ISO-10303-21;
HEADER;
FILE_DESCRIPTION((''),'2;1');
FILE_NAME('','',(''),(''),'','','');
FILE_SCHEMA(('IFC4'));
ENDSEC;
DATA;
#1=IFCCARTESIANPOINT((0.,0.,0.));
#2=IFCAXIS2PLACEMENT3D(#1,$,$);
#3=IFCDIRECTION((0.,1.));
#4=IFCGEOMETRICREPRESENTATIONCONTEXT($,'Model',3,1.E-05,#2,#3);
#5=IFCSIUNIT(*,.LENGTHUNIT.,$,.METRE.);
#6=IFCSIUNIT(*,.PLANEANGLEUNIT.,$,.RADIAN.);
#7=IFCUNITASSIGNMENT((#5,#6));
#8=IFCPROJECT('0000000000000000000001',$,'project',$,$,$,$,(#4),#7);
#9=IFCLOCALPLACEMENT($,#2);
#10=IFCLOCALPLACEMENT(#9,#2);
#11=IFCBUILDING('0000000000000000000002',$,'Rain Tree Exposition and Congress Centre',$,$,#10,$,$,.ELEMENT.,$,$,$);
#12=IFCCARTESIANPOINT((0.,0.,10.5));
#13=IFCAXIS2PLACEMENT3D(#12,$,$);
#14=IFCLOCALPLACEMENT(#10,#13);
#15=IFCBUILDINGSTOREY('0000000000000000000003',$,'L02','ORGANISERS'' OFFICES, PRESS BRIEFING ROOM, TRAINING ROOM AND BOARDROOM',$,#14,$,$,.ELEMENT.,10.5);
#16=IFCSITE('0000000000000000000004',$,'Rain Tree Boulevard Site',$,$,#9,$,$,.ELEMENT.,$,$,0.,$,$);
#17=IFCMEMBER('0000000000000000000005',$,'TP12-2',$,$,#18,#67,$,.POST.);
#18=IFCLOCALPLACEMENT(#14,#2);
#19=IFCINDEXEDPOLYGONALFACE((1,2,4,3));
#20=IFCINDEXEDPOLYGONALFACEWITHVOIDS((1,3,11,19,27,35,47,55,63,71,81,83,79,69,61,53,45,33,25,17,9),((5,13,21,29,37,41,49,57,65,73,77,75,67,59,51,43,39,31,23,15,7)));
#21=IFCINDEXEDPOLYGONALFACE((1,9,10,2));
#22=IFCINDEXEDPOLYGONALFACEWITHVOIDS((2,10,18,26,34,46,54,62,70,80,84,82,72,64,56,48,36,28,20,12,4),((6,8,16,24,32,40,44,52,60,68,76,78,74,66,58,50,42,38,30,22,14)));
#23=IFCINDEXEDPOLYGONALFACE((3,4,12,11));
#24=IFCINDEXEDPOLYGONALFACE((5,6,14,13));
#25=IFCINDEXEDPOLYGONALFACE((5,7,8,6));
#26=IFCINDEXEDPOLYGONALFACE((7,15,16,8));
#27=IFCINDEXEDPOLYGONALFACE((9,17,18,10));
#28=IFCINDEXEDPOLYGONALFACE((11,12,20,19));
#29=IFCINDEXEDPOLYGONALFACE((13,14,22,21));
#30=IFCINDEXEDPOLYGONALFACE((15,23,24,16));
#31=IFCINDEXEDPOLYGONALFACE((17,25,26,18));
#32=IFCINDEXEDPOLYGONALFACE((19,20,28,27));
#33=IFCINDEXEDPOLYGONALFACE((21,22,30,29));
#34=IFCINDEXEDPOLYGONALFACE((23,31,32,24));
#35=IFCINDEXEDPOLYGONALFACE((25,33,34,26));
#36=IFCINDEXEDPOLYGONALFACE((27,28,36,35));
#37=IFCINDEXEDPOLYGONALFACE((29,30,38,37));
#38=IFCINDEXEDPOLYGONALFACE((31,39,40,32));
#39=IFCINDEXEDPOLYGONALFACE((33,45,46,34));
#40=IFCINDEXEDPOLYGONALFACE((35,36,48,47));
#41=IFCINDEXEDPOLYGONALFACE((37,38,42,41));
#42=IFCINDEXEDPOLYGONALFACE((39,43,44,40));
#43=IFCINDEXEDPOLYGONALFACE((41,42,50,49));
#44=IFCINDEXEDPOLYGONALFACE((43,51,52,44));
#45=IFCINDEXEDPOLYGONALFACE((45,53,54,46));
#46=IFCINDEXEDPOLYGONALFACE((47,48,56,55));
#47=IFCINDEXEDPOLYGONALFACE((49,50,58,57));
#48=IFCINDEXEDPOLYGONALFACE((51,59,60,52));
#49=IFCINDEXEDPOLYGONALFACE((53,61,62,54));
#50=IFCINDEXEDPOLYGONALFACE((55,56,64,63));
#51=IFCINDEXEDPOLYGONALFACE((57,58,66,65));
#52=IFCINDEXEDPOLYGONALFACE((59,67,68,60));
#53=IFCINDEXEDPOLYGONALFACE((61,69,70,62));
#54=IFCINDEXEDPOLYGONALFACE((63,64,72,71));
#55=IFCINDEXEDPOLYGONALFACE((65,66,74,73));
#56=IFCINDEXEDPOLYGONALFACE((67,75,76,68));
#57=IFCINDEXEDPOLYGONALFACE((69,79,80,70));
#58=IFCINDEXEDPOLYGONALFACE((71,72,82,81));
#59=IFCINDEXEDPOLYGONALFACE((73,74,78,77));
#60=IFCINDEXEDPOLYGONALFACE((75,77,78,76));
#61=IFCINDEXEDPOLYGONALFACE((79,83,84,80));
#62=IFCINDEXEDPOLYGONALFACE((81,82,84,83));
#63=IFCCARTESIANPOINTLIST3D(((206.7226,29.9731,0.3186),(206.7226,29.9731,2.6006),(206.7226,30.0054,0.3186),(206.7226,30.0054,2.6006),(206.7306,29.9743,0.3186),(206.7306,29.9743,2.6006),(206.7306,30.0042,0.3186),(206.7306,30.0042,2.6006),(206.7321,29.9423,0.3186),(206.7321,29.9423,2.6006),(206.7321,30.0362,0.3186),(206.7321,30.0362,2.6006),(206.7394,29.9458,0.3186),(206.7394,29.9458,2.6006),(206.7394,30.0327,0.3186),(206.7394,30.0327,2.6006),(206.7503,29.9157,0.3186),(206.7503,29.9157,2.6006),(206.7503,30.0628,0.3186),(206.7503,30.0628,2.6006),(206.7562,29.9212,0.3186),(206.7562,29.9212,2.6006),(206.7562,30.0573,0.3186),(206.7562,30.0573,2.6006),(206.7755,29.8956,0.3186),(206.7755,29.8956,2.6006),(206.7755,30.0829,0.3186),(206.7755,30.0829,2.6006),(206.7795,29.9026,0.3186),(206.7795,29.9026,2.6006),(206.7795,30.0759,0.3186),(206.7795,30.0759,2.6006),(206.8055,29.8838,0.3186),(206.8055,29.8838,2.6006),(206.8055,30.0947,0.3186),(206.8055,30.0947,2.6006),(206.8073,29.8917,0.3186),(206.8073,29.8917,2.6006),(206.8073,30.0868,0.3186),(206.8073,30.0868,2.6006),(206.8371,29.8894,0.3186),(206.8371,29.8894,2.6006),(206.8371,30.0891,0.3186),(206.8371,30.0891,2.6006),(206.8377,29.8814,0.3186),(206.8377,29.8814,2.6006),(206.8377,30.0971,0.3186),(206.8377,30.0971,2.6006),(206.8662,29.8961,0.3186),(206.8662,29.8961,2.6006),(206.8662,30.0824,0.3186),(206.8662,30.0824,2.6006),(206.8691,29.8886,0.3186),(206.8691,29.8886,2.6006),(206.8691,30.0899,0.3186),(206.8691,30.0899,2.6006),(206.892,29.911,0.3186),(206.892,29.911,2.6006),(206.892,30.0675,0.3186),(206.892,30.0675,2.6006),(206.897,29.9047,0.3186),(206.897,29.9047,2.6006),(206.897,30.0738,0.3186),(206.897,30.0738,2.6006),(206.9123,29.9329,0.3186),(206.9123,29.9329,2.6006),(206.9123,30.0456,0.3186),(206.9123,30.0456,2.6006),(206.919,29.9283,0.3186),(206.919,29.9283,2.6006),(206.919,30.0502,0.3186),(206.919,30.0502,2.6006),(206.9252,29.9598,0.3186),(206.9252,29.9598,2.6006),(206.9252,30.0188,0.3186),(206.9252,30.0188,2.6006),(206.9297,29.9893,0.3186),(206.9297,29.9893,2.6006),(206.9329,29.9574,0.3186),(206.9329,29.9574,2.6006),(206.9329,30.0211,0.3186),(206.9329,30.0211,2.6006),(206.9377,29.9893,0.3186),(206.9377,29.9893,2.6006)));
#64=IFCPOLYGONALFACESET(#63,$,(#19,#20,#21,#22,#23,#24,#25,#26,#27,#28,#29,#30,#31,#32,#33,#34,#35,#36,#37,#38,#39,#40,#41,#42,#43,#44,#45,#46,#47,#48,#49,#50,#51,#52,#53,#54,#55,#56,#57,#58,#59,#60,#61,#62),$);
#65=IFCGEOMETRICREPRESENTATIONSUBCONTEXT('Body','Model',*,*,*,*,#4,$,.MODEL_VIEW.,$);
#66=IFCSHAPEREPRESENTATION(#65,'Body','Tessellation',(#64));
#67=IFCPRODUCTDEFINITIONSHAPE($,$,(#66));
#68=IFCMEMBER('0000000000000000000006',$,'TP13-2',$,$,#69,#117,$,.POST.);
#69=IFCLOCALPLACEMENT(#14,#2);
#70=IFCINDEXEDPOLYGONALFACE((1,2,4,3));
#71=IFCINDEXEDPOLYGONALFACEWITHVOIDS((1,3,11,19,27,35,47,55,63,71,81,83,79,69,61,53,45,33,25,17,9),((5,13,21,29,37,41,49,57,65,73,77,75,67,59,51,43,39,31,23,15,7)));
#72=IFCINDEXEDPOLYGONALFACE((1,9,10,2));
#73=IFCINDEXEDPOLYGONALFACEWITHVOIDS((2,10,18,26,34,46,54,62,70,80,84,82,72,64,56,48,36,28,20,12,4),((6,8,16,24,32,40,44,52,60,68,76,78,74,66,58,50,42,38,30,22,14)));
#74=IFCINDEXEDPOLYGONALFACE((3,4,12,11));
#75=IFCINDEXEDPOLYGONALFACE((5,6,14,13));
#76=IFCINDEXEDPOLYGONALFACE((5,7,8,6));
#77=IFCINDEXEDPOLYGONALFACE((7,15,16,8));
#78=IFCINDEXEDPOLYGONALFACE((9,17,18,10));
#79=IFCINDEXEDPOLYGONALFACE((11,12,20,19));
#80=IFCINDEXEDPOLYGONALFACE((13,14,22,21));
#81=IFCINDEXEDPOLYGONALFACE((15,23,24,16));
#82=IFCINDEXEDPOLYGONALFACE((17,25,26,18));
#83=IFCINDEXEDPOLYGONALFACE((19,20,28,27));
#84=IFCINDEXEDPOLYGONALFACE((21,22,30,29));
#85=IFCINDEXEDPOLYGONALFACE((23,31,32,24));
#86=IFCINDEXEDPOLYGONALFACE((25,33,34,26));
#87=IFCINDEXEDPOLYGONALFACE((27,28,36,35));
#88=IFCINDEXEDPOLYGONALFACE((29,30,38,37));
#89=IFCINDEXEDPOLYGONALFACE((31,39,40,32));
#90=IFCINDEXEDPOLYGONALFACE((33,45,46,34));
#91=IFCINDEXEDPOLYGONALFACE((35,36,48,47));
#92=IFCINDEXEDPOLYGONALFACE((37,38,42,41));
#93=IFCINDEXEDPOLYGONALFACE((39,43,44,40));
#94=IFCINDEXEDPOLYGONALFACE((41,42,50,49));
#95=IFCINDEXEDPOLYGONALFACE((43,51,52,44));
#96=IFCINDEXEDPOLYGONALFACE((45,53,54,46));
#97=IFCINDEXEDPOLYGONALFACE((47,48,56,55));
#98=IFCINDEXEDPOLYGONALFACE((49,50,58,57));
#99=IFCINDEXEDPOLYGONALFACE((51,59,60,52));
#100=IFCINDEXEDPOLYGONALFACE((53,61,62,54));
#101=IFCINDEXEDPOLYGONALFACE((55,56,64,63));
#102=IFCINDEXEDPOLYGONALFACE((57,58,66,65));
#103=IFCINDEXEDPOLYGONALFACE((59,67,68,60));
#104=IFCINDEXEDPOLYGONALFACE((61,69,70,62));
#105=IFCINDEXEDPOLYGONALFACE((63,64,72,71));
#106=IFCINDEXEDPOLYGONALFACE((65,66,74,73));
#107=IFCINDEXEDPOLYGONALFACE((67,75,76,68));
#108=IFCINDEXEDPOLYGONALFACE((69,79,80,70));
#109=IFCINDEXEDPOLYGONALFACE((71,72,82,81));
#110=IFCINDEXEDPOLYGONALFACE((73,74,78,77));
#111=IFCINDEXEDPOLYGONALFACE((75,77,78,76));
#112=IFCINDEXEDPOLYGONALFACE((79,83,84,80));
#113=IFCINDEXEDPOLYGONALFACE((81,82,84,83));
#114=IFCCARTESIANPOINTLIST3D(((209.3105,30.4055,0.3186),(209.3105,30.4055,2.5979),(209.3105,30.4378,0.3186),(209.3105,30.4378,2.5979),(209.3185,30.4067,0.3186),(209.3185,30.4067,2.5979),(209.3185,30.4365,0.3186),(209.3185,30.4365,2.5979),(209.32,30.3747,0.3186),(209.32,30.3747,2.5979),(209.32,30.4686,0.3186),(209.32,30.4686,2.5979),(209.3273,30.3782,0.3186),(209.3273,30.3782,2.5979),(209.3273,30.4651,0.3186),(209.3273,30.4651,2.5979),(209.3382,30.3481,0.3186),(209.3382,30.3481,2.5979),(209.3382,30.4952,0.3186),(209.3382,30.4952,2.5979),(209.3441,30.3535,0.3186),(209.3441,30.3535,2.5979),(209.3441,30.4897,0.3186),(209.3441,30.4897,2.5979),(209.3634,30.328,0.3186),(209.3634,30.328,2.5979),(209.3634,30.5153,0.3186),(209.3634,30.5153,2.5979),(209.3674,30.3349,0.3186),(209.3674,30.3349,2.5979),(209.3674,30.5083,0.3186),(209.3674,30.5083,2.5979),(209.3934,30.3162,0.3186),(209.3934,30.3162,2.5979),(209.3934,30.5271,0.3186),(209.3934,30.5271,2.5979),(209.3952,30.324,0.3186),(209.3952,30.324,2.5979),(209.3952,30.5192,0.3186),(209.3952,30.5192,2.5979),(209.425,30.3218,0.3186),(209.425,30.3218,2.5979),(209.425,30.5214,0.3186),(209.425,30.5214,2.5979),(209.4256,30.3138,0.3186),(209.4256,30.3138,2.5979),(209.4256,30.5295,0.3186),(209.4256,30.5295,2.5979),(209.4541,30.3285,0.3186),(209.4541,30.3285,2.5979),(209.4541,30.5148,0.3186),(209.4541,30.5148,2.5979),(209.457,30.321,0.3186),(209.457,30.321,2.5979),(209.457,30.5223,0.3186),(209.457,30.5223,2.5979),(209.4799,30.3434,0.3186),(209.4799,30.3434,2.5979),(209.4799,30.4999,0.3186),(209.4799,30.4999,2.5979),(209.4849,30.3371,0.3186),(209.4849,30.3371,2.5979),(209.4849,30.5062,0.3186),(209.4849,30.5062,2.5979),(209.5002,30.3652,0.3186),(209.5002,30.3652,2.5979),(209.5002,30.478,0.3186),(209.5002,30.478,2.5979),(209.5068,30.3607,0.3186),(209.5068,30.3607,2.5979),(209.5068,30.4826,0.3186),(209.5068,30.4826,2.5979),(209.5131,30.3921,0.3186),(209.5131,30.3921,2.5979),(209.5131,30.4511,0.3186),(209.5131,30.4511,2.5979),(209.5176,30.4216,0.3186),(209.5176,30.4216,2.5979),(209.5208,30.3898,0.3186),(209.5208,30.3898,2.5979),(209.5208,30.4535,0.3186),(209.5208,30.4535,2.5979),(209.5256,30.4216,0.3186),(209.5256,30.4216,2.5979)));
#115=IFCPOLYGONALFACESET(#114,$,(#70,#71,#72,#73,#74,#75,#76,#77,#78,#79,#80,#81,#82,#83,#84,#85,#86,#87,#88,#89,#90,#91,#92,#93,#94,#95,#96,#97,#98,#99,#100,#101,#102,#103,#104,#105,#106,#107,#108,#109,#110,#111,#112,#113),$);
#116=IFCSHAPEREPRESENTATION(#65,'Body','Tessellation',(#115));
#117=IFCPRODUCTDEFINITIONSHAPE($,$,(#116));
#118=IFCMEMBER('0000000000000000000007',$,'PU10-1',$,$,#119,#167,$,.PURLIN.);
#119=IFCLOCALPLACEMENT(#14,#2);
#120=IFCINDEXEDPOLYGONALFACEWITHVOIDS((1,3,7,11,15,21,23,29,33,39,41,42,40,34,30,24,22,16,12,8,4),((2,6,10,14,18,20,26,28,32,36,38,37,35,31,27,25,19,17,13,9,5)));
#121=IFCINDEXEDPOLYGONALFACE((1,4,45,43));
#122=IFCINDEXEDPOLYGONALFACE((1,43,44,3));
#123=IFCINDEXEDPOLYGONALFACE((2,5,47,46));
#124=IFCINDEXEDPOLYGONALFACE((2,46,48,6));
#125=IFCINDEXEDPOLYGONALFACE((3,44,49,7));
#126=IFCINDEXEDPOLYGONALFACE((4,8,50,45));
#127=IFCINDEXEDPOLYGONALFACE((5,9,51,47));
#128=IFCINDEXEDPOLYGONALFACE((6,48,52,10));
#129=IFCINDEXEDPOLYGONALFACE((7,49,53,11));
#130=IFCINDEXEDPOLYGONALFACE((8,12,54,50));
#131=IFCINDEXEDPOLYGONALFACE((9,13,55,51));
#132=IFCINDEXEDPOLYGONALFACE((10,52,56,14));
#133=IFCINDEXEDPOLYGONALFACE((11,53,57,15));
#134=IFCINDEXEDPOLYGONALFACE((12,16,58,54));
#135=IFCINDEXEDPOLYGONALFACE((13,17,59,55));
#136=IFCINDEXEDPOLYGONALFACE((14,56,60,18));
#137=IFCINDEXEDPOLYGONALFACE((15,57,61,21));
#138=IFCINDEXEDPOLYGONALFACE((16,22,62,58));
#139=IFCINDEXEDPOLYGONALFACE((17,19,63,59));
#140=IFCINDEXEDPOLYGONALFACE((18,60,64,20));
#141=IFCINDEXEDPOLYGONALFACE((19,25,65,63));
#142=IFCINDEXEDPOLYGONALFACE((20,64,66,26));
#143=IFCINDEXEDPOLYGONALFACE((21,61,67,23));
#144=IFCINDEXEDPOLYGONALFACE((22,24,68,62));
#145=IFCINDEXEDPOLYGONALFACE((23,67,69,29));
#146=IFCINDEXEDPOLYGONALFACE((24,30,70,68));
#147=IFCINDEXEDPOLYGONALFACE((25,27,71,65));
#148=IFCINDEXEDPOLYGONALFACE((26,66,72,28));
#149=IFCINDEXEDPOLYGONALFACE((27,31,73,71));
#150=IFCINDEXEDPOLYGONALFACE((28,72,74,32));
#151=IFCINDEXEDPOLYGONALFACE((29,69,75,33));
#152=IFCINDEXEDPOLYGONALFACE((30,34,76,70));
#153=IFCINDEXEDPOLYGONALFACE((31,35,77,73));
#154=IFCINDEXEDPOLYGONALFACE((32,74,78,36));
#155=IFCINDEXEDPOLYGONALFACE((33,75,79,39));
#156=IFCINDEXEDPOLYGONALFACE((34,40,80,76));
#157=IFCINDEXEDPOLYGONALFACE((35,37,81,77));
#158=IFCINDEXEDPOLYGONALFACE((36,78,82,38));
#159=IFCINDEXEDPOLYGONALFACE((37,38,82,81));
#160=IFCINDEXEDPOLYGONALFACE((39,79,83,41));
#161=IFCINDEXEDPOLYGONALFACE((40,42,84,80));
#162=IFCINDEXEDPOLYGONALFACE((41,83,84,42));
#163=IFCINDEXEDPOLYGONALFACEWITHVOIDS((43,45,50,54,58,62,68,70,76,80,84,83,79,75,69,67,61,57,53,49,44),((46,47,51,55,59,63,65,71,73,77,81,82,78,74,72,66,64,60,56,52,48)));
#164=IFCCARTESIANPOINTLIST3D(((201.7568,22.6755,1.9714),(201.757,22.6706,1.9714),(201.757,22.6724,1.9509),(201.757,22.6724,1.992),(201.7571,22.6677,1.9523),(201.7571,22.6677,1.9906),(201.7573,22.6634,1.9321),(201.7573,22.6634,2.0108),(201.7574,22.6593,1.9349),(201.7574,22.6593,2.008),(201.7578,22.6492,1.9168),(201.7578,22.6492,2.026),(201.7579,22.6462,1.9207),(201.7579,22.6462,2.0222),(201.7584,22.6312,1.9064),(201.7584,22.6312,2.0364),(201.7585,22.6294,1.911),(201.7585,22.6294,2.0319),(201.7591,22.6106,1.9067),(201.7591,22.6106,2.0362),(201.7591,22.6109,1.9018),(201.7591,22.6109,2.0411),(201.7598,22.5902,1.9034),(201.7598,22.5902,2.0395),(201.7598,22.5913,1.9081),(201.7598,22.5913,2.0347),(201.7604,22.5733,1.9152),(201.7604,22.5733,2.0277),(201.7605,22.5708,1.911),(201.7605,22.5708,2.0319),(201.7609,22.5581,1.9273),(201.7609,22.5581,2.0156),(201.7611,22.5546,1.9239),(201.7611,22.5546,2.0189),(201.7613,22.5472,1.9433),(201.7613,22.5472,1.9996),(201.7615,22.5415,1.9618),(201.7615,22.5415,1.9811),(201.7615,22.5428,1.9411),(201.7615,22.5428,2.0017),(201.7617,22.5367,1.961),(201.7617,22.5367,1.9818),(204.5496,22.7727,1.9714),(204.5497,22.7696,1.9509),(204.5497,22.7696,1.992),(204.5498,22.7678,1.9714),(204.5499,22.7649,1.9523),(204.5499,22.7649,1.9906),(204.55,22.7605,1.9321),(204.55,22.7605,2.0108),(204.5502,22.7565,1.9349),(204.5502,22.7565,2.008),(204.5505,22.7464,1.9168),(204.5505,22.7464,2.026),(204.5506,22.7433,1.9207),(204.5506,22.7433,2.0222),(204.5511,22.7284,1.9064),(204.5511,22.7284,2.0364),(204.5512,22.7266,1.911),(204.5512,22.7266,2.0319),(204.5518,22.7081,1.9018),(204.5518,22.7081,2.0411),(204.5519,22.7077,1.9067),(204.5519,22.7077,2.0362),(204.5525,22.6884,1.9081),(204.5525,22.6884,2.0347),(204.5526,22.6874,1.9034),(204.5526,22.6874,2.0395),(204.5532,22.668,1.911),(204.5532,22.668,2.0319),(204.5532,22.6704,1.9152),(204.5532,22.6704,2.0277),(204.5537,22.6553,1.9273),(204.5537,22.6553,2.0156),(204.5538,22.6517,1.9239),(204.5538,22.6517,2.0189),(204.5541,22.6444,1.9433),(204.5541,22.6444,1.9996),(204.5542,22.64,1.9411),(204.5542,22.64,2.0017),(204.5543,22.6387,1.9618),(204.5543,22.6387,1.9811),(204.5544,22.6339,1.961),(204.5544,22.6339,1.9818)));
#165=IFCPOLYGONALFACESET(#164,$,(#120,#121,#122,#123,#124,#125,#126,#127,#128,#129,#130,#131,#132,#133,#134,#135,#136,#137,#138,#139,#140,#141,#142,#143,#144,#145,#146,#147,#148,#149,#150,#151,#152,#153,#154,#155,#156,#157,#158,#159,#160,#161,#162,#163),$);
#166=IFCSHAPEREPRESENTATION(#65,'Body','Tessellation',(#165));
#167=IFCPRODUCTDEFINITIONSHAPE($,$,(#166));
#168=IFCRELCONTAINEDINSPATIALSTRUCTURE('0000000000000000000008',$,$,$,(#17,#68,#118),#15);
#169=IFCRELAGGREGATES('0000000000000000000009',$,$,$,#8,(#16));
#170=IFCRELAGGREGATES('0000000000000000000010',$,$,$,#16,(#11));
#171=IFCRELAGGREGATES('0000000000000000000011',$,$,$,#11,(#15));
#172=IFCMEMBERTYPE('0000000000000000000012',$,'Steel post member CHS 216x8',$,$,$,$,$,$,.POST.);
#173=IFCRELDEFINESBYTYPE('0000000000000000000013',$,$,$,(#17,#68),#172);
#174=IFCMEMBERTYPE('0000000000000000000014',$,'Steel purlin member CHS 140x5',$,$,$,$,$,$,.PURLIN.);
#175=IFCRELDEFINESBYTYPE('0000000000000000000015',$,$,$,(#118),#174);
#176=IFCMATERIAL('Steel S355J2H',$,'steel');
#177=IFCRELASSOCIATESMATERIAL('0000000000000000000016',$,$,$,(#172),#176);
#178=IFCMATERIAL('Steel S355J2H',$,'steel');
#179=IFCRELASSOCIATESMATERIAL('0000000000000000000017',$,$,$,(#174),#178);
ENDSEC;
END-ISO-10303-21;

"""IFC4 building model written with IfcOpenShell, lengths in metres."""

from ifc_helpers import new_model, si_unit, direction, frame, origin, origin_2d, place, context, subcontext, project, spatial, hollow_circle, extrude, material, material_profile, profile_set, type_object, element, save


model = new_model("IFC4")

# Units and contexts
model_context = context("Model", 3, precision=1e-05, world=origin(), true_north=direction((0.0, 1.0)))
body_context = subcontext(model_context, "Body", "Model", "MODEL_VIEW")
ifc_project = project(units=[si_unit("LENGTHUNIT", "METRE"), si_unit("PLANEANGLEUNIT", "RADIAN")], contexts=[model_context])

# Site, building, storey
site_placement = place(None, origin())
site = spatial("IfcSite", under=ifc_project, at=site_placement, Name="Rain Tree Boulevard Site", CompositionType="ELEMENT", RefElevation=0.0)
building_placement = place(site_placement, origin())
building = spatial("IfcBuilding", under=site, at=building_placement, Name="Rain Tree Exposition and Congress Centre", CompositionType="ELEMENT")
storey_placement = place(building_placement, frame((0.0, 0.0, 10.5)))
storey = spatial("IfcBuildingStorey", under=building, at=storey_placement, Name="L02", Description="ORGANISERS' OFFICES, PRESS BRIEFING ROOM, TRAINING ROOM AND BOARDROOM", CompositionType="ELEMENT", Elevation=10.5)

# Members
ifc_material_1 = material(Name="Steel S355J2H", Category="steel")
ifc_material_profile_1 = material_profile(ifc_material_1, hollow_circle(Radius=0.1082, WallThickness=0.0081, at=origin_2d()), Name="CHS 216x8")
ifc_profile_set_1 = profile_set([ifc_material_profile_1], Name="Steel S355J2H")
member_type_1 = type_object("IfcMemberType", Name="Steel post member CHS 216x8", PredefinedType="POST", material=ifc_profile_set_1)
member_1_placement = place(storey_placement, frame((206.8296, 29.9893, 0.3186), z_axis=(0.0, 0.0, 1.0), x_axis=(1.0, 0.0, 0.0)))
element("IfcMember", 1, at=member_1_placement, inside=storey, type_object=member_type_1, Name="TP12-2", PredefinedType="POST", context=body_context, shape_type="SweptSolid", body=[
    extrude(hollow_circle(Radius=0.1082, WallThickness=0.0081, at=origin_2d()), origin(), (0.0, 0.0, 1.0), 2.282),
])
member_2_placement = place(storey_placement, frame((209.4175, 30.4216, 0.3186), z_axis=(0.0, 0.0, 1.0), x_axis=(1.0, 0.0, 0.0)))
element("IfcMember", 2, at=member_2_placement, inside=storey, type_object=member_type_1, Name="TP13-2", PredefinedType="POST", context=body_context, shape_type="SweptSolid", body=[
    extrude(hollow_circle(Radius=0.1082, WallThickness=0.0081, at=origin_2d()), origin(), (0.0, 0.0, 1.0), 2.2793),
])
ifc_material_2 = material(Name="Steel S355J2H", Category="steel")
ifc_material_profile_2 = material_profile(ifc_material_2, hollow_circle(Radius=0.0698, WallThickness=0.0049, at=origin_2d()), Name="CHS 140x5")
ifc_profile_set_2 = profile_set([ifc_material_profile_2], Name="Steel S355J2H")
member_type_2 = type_object("IfcMemberType", Name="Steel purlin member CHS 140x5", PredefinedType="PURLIN", material=ifc_profile_set_2)
member_3_placement = place(storey_placement, frame((201.7593, 22.6057, 1.9714), z_axis=(0.999395, 0.034772, 0.0), x_axis=(-0.034772, 0.999395, 0.0)))
element("IfcMember", 3, at=member_3_placement, inside=storey, type_object=member_type_2, Name="PU10-1", PredefinedType="PURLIN", context=body_context, shape_type="SweptSolid", body=[
    extrude(hollow_circle(Radius=0.0698, WallThickness=0.0049, at=origin_2d()), origin(), (0.0, 0.0, 1.0), 2.7944),
])

save(model, "model.ifc")
